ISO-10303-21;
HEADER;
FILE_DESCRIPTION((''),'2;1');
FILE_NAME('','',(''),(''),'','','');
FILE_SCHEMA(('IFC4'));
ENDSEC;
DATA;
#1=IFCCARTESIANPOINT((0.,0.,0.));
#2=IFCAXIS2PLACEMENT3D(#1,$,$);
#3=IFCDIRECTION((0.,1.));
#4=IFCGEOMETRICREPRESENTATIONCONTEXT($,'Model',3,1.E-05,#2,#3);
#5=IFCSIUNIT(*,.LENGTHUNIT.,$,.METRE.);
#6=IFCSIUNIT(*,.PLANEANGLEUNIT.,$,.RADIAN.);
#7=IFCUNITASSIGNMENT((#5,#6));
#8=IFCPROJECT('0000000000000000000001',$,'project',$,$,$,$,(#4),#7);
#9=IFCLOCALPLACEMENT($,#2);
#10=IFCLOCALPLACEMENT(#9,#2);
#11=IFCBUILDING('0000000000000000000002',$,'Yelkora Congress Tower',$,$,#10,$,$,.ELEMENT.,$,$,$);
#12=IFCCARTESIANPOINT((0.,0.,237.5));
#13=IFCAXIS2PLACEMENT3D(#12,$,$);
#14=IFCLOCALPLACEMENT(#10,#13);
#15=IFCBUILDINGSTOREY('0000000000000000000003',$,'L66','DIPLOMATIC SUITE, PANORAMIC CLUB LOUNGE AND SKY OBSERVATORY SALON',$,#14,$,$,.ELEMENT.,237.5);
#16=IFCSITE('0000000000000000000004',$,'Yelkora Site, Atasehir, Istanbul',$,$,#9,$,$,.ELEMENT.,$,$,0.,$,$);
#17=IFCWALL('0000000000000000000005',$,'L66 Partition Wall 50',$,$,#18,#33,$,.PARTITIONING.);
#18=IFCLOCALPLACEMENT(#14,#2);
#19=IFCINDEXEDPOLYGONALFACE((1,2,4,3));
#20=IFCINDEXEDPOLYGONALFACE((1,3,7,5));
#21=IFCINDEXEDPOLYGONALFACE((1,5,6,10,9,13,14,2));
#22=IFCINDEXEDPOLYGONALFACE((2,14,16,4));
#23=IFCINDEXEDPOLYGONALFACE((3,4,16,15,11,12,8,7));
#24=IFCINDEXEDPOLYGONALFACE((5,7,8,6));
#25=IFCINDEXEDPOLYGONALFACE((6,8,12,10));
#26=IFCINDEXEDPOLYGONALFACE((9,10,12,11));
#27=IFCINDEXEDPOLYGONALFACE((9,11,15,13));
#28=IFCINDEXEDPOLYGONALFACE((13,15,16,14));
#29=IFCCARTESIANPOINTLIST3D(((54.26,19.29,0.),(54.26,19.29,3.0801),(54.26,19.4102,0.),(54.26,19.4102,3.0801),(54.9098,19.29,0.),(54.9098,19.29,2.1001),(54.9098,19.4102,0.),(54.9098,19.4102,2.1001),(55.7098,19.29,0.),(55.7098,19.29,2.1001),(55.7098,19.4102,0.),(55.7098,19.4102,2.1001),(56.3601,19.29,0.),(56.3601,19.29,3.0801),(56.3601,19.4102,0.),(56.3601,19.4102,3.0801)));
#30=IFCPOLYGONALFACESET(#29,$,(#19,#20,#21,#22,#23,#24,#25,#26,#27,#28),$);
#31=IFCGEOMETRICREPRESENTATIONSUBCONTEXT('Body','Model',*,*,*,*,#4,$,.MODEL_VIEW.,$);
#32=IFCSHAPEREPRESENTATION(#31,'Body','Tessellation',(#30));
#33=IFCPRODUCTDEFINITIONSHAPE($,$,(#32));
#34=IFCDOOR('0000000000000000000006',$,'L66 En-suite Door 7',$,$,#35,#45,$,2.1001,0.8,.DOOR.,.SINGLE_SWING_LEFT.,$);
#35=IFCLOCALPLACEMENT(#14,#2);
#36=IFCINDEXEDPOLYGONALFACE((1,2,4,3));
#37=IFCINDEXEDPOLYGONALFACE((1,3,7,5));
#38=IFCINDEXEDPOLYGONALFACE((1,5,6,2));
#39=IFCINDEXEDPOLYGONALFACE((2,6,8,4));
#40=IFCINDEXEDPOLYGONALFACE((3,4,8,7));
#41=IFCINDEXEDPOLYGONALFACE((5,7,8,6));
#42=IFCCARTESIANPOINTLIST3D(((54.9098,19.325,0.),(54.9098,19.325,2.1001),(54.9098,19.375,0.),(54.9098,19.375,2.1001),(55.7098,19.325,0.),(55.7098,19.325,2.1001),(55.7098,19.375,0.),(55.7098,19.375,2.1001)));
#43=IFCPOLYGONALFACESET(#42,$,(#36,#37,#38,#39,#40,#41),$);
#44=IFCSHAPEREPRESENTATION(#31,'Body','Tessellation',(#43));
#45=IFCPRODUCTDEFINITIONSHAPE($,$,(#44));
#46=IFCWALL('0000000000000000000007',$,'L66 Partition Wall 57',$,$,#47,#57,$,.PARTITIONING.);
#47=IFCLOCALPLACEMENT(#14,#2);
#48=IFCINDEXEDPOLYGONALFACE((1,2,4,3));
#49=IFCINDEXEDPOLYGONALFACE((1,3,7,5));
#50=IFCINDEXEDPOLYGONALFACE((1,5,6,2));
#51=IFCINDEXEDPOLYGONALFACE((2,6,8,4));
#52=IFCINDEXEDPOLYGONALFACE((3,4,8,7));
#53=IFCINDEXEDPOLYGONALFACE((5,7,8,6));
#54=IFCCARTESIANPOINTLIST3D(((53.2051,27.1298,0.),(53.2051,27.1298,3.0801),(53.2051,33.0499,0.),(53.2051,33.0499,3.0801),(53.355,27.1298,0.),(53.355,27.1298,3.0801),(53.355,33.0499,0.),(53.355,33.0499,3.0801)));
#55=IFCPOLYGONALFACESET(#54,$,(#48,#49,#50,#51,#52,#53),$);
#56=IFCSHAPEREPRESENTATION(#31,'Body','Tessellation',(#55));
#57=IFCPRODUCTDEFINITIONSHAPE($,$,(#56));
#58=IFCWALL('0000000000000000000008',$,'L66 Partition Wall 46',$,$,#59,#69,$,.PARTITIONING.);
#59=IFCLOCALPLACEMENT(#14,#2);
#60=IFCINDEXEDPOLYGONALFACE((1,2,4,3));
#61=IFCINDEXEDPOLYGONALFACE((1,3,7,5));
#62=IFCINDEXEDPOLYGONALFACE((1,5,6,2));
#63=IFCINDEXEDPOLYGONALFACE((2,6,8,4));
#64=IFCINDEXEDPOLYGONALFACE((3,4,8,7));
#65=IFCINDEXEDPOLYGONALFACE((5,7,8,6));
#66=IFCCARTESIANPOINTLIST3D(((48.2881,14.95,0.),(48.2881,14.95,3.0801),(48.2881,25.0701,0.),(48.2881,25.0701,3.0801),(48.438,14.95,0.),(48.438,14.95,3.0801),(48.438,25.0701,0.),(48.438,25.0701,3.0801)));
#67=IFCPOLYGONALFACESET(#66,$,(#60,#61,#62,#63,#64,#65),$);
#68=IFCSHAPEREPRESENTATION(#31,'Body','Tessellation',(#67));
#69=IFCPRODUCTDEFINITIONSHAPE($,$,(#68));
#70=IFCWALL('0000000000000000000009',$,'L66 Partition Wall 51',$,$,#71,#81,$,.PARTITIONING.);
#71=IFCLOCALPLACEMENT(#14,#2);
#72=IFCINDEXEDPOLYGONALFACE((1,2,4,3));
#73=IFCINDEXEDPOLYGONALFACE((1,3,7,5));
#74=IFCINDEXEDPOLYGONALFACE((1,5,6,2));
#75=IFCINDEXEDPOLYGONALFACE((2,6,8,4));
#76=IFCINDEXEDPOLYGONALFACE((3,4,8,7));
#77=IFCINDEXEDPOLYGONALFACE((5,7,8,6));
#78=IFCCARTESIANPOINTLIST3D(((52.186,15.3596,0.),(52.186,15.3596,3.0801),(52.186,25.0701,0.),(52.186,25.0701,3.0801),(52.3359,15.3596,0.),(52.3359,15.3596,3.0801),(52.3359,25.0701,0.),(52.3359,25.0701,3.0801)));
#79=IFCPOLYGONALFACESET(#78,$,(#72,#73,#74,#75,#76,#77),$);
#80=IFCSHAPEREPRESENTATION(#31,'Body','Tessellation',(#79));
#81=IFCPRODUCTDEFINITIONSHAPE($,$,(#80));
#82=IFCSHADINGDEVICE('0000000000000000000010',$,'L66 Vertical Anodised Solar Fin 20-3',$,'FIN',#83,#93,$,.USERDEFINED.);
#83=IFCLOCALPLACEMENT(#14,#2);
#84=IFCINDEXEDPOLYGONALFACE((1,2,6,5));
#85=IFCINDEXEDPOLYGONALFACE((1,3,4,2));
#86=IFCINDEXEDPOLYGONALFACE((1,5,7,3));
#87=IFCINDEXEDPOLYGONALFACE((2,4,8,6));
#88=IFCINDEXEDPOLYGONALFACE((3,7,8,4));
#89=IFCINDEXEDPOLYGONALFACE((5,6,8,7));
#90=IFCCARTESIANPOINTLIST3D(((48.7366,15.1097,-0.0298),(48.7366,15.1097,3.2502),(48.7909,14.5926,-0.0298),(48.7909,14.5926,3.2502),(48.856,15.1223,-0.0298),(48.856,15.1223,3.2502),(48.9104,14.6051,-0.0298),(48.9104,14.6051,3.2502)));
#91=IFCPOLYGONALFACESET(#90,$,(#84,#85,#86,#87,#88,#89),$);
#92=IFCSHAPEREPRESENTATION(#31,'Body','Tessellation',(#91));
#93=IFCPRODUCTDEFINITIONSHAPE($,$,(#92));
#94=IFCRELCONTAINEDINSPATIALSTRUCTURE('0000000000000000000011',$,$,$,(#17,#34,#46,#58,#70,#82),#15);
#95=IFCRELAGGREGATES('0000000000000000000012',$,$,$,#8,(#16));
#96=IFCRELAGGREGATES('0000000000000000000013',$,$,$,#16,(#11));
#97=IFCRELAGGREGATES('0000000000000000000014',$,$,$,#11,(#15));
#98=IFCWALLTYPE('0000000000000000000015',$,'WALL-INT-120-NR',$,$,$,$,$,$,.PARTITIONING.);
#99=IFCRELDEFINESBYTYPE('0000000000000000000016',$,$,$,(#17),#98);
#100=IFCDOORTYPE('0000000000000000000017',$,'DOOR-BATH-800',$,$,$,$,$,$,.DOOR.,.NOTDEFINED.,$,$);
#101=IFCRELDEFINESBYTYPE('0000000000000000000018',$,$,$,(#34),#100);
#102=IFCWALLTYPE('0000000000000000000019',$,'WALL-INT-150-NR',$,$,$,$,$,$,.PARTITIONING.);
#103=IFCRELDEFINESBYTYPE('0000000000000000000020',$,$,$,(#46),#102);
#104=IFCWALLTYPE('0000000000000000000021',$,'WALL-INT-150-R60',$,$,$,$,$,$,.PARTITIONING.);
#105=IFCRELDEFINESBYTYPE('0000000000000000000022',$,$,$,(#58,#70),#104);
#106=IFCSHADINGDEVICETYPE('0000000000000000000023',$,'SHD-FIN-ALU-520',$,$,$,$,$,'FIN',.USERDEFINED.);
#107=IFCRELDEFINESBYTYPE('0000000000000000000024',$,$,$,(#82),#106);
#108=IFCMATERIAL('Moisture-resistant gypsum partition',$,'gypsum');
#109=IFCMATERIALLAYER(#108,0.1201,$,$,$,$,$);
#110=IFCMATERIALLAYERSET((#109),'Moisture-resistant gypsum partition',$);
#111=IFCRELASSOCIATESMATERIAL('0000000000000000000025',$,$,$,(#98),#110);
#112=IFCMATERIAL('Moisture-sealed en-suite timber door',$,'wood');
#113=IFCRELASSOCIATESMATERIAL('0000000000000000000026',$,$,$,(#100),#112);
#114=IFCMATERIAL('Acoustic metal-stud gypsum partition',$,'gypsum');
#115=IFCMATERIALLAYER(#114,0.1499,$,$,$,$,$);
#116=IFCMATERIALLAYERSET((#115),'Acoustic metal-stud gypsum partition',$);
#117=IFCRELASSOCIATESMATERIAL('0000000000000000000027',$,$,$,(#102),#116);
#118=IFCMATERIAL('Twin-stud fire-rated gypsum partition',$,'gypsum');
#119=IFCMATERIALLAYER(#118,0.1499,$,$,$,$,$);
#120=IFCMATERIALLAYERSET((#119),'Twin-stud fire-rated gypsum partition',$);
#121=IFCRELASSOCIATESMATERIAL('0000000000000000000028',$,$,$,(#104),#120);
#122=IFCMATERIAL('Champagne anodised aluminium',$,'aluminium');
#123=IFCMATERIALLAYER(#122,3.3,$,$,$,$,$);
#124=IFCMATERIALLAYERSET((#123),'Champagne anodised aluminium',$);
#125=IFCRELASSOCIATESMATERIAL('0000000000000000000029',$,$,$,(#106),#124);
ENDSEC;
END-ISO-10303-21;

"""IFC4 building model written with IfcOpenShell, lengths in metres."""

from ifc_helpers import new_model, si_unit, direction, frame, frame_2d, origin, origin_2d, place, context, subcontext, project, spatial, rectangle, extrude, material, layer, layer_set, type_object, element, fill, save


model = new_model("IFC4")

# Units and contexts
model_context = context("Model", 3, precision=1e-05, world=origin(), true_north=direction((0.0, 1.0)))
body_context = subcontext(model_context, "Body", "Model", "MODEL_VIEW")
ifc_project = project(units=[si_unit("LENGTHUNIT", "METRE"), si_unit("PLANEANGLEUNIT", "RADIAN")], contexts=[model_context])

# Site, building, storey
site_placement = place(None, origin())
site = spatial("IfcSite", under=ifc_project, at=site_placement, Name="Yelkora Site, Atasehir, Istanbul", CompositionType="ELEMENT", RefElevation=0.0)
building_placement = place(site_placement, origin())
building = spatial("IfcBuilding", under=site, at=building_placement, Name="Yelkora Congress Tower", CompositionType="ELEMENT")
storey_placement = place(building_placement, frame((0.0, 0.0, 237.5)))
storey = spatial("IfcBuildingStorey", under=building, at=storey_placement, Name="L66", Description="DIPLOMATIC SUITE, PANORAMIC CLUB LOUNGE AND SKY OBSERVATORY SALON", CompositionType="ELEMENT", Elevation=237.5)

# Shared definitions
ifc_material_1 = material(Name="Moisture-resistant gypsum partition", Category="gypsum")
ifc_layer_1 = layer(ifc_material_1, 0.1201)
ifc_layer_set_1 = layer_set([ifc_layer_1], Name="Moisture-resistant gypsum partition")
wall_type_1 = type_object("IfcWallType", Name="WALL-INT-120-NR", PredefinedType="PARTITIONING", material=ifc_layer_set_1)

# Shared definitions
ifc_material_2 = material(Name="Moisture-sealed en-suite timber door", Category="wood")
door_type = type_object("IfcDoorType", Name="DOOR-BATH-800", OperationType="NOTDEFINED", PredefinedType="DOOR", material=ifc_material_2)

# Wall, opening, door
wall_1_placement = place(storey_placement, frame((54.26, 19.3501, 0.0), z_axis=(0.0, 0.0, 1.0), x_axis=(1.0, 0.0, 0.0)))
wall_1 = element("IfcWall", 1, at=wall_1_placement, inside=storey, type_object=wall_type_1, Name="L66 Partition Wall 50", PredefinedType="PARTITIONING", context=body_context, shape_type="SweptSolid", body=[
    extrude(rectangle(XDim=2.1001, YDim=0.1201, at=frame_2d((1.05, 0.0))), origin(), (0.0, 0.0, 1.0), 3.0801),
])
opening_1_placement = place(wall_1_placement, frame((0.6499, 0.0, 0.0)))
opening_1 = element("IfcOpeningElement", 2, at=opening_1_placement, cuts=wall_1, PredefinedType="OPENING", context=body_context, shape_type="SweptSolid", body=[
    extrude(rectangle(XDim=0.8, YDim=2.1001, at=frame_2d((0.3999, 1.05))), frame((0.0, 0.0701, 0.0), z_axis=(0.0, -1.0, 0.0), x_axis=(1.0, 0.0, 0.0)), (0.0, 0.0, 1.0), 0.1401),
])
door_1_placement = place(opening_1_placement, origin())
door_1 = element("IfcDoor", 3, at=door_1_placement, inside=storey, type_object=door_type, Name="L66 En-suite Door 7", OperationType="SINGLE_SWING_LEFT", OverallHeight=2.1001, OverallWidth=0.8, PredefinedType="DOOR", context=body_context, shape_type="SweptSolid", body=[
    extrude(rectangle(XDim=0.8, YDim=2.1001, at=frame_2d((0.3999, 1.05))), frame((0.0, 0.0249, 0.0), z_axis=(0.0, -1.0, 0.0), x_axis=(1.0, 0.0, 0.0)), (0.0, 0.0, 1.0), 0.05),
])
fill(opening_1, door_1)

# Walls
ifc_material_3 = material(Name="Acoustic metal-stud gypsum partition", Category="gypsum")
ifc_layer_2 = layer(ifc_material_3, 0.1499)
ifc_layer_set_2 = layer_set([ifc_layer_2], Name="Acoustic metal-stud gypsum partition")
wall_type_2 = type_object("IfcWallType", Name="WALL-INT-150-NR", PredefinedType="PARTITIONING", material=ifc_layer_set_2)
wall_2_placement = place(storey_placement, frame((53.28, 27.1299, 0.0), z_axis=(0.0, 0.0, 1.0), x_axis=(0.0, 1.0, 0.0)))
element("IfcWall", 4, at=wall_2_placement, inside=storey, type_object=wall_type_2, Name="L66 Partition Wall 57", PredefinedType="PARTITIONING", context=body_context, shape_type="SweptSolid", body=[
    extrude(rectangle(XDim=5.9202, YDim=0.1499, at=frame_2d((2.96, 0.0))), origin(), (0.0, 0.0, 1.0), 3.0801),
])
ifc_material_4 = material(Name="Twin-stud fire-rated gypsum partition", Category="gypsum")
ifc_layer_3 = layer(ifc_material_4, 0.1499)
ifc_layer_set_3 = layer_set([ifc_layer_3], Name="Twin-stud fire-rated gypsum partition")
wall_type_3 = type_object("IfcWallType", Name="WALL-INT-150-R60", PredefinedType="PARTITIONING", material=ifc_layer_set_3)
wall_3_placement = place(storey_placement, frame((48.363, 14.95, 0.0), z_axis=(0.0, 0.0, 1.0), x_axis=(0.0, 1.0, 0.0)))
element("IfcWall", 5, at=wall_3_placement, inside=storey, type_object=wall_type_3, Name="L66 Partition Wall 46", PredefinedType="PARTITIONING", context=body_context, shape_type="SweptSolid", body=[
    extrude(rectangle(XDim=10.1201, YDim=0.1499, at=frame_2d((5.0601, 0.0))), origin(), (0.0, 0.0, 1.0), 3.0801),
])
wall_4_placement = place(storey_placement, frame((52.261, 15.3596, 0.0), z_axis=(0.0, 0.0, 1.0), x_axis=(0.0, 1.0, 0.0)))
element("IfcWall", 6, at=wall_4_placement, inside=storey, type_object=wall_type_3, Name="L66 Partition Wall 51", PredefinedType="PARTITIONING", context=body_context, shape_type="SweptSolid", body=[
    extrude(rectangle(XDim=9.7104, YDim=0.1499, at=frame_2d((4.8552, 0.0))), origin(), (0.0, 0.0, 1.0), 3.0801),
])

# Shading device
ifc_material_5 = material(Name="Champagne anodised aluminium", Category="aluminium")
ifc_layer_4 = layer(ifc_material_5, 3.3)
ifc_layer_set_4 = layer_set([ifc_layer_4], Name="Champagne anodised aluminium")
shading_device_type = type_object("IfcShadingDeviceType", Name="SHD-FIN-ALU-520", ElementType="FIN", PredefinedType="USERDEFINED", material=ifc_layer_set_4)
shading_device_placement = place(storey_placement, frame((48.8235, 14.8574, -0.0298), z_axis=(0.0, 0.0, 1.0), x_axis=(-0.994522, -0.104528, 0.0)))
element("IfcShadingDevice", 7, at=shading_device_placement, inside=storey, type_object=shading_device_type, Name="L66 Vertical Anodised Solar Fin 20-3", ObjectType="FIN", PredefinedType="USERDEFINED", context=body_context, shape_type="SweptSolid", body=[
    extrude(rectangle(XDim=0.1201, YDim=0.52, at=origin_2d()), origin(), (0.0, 0.0, 1.0), 3.28),
])

save(model, "model.ifc")
